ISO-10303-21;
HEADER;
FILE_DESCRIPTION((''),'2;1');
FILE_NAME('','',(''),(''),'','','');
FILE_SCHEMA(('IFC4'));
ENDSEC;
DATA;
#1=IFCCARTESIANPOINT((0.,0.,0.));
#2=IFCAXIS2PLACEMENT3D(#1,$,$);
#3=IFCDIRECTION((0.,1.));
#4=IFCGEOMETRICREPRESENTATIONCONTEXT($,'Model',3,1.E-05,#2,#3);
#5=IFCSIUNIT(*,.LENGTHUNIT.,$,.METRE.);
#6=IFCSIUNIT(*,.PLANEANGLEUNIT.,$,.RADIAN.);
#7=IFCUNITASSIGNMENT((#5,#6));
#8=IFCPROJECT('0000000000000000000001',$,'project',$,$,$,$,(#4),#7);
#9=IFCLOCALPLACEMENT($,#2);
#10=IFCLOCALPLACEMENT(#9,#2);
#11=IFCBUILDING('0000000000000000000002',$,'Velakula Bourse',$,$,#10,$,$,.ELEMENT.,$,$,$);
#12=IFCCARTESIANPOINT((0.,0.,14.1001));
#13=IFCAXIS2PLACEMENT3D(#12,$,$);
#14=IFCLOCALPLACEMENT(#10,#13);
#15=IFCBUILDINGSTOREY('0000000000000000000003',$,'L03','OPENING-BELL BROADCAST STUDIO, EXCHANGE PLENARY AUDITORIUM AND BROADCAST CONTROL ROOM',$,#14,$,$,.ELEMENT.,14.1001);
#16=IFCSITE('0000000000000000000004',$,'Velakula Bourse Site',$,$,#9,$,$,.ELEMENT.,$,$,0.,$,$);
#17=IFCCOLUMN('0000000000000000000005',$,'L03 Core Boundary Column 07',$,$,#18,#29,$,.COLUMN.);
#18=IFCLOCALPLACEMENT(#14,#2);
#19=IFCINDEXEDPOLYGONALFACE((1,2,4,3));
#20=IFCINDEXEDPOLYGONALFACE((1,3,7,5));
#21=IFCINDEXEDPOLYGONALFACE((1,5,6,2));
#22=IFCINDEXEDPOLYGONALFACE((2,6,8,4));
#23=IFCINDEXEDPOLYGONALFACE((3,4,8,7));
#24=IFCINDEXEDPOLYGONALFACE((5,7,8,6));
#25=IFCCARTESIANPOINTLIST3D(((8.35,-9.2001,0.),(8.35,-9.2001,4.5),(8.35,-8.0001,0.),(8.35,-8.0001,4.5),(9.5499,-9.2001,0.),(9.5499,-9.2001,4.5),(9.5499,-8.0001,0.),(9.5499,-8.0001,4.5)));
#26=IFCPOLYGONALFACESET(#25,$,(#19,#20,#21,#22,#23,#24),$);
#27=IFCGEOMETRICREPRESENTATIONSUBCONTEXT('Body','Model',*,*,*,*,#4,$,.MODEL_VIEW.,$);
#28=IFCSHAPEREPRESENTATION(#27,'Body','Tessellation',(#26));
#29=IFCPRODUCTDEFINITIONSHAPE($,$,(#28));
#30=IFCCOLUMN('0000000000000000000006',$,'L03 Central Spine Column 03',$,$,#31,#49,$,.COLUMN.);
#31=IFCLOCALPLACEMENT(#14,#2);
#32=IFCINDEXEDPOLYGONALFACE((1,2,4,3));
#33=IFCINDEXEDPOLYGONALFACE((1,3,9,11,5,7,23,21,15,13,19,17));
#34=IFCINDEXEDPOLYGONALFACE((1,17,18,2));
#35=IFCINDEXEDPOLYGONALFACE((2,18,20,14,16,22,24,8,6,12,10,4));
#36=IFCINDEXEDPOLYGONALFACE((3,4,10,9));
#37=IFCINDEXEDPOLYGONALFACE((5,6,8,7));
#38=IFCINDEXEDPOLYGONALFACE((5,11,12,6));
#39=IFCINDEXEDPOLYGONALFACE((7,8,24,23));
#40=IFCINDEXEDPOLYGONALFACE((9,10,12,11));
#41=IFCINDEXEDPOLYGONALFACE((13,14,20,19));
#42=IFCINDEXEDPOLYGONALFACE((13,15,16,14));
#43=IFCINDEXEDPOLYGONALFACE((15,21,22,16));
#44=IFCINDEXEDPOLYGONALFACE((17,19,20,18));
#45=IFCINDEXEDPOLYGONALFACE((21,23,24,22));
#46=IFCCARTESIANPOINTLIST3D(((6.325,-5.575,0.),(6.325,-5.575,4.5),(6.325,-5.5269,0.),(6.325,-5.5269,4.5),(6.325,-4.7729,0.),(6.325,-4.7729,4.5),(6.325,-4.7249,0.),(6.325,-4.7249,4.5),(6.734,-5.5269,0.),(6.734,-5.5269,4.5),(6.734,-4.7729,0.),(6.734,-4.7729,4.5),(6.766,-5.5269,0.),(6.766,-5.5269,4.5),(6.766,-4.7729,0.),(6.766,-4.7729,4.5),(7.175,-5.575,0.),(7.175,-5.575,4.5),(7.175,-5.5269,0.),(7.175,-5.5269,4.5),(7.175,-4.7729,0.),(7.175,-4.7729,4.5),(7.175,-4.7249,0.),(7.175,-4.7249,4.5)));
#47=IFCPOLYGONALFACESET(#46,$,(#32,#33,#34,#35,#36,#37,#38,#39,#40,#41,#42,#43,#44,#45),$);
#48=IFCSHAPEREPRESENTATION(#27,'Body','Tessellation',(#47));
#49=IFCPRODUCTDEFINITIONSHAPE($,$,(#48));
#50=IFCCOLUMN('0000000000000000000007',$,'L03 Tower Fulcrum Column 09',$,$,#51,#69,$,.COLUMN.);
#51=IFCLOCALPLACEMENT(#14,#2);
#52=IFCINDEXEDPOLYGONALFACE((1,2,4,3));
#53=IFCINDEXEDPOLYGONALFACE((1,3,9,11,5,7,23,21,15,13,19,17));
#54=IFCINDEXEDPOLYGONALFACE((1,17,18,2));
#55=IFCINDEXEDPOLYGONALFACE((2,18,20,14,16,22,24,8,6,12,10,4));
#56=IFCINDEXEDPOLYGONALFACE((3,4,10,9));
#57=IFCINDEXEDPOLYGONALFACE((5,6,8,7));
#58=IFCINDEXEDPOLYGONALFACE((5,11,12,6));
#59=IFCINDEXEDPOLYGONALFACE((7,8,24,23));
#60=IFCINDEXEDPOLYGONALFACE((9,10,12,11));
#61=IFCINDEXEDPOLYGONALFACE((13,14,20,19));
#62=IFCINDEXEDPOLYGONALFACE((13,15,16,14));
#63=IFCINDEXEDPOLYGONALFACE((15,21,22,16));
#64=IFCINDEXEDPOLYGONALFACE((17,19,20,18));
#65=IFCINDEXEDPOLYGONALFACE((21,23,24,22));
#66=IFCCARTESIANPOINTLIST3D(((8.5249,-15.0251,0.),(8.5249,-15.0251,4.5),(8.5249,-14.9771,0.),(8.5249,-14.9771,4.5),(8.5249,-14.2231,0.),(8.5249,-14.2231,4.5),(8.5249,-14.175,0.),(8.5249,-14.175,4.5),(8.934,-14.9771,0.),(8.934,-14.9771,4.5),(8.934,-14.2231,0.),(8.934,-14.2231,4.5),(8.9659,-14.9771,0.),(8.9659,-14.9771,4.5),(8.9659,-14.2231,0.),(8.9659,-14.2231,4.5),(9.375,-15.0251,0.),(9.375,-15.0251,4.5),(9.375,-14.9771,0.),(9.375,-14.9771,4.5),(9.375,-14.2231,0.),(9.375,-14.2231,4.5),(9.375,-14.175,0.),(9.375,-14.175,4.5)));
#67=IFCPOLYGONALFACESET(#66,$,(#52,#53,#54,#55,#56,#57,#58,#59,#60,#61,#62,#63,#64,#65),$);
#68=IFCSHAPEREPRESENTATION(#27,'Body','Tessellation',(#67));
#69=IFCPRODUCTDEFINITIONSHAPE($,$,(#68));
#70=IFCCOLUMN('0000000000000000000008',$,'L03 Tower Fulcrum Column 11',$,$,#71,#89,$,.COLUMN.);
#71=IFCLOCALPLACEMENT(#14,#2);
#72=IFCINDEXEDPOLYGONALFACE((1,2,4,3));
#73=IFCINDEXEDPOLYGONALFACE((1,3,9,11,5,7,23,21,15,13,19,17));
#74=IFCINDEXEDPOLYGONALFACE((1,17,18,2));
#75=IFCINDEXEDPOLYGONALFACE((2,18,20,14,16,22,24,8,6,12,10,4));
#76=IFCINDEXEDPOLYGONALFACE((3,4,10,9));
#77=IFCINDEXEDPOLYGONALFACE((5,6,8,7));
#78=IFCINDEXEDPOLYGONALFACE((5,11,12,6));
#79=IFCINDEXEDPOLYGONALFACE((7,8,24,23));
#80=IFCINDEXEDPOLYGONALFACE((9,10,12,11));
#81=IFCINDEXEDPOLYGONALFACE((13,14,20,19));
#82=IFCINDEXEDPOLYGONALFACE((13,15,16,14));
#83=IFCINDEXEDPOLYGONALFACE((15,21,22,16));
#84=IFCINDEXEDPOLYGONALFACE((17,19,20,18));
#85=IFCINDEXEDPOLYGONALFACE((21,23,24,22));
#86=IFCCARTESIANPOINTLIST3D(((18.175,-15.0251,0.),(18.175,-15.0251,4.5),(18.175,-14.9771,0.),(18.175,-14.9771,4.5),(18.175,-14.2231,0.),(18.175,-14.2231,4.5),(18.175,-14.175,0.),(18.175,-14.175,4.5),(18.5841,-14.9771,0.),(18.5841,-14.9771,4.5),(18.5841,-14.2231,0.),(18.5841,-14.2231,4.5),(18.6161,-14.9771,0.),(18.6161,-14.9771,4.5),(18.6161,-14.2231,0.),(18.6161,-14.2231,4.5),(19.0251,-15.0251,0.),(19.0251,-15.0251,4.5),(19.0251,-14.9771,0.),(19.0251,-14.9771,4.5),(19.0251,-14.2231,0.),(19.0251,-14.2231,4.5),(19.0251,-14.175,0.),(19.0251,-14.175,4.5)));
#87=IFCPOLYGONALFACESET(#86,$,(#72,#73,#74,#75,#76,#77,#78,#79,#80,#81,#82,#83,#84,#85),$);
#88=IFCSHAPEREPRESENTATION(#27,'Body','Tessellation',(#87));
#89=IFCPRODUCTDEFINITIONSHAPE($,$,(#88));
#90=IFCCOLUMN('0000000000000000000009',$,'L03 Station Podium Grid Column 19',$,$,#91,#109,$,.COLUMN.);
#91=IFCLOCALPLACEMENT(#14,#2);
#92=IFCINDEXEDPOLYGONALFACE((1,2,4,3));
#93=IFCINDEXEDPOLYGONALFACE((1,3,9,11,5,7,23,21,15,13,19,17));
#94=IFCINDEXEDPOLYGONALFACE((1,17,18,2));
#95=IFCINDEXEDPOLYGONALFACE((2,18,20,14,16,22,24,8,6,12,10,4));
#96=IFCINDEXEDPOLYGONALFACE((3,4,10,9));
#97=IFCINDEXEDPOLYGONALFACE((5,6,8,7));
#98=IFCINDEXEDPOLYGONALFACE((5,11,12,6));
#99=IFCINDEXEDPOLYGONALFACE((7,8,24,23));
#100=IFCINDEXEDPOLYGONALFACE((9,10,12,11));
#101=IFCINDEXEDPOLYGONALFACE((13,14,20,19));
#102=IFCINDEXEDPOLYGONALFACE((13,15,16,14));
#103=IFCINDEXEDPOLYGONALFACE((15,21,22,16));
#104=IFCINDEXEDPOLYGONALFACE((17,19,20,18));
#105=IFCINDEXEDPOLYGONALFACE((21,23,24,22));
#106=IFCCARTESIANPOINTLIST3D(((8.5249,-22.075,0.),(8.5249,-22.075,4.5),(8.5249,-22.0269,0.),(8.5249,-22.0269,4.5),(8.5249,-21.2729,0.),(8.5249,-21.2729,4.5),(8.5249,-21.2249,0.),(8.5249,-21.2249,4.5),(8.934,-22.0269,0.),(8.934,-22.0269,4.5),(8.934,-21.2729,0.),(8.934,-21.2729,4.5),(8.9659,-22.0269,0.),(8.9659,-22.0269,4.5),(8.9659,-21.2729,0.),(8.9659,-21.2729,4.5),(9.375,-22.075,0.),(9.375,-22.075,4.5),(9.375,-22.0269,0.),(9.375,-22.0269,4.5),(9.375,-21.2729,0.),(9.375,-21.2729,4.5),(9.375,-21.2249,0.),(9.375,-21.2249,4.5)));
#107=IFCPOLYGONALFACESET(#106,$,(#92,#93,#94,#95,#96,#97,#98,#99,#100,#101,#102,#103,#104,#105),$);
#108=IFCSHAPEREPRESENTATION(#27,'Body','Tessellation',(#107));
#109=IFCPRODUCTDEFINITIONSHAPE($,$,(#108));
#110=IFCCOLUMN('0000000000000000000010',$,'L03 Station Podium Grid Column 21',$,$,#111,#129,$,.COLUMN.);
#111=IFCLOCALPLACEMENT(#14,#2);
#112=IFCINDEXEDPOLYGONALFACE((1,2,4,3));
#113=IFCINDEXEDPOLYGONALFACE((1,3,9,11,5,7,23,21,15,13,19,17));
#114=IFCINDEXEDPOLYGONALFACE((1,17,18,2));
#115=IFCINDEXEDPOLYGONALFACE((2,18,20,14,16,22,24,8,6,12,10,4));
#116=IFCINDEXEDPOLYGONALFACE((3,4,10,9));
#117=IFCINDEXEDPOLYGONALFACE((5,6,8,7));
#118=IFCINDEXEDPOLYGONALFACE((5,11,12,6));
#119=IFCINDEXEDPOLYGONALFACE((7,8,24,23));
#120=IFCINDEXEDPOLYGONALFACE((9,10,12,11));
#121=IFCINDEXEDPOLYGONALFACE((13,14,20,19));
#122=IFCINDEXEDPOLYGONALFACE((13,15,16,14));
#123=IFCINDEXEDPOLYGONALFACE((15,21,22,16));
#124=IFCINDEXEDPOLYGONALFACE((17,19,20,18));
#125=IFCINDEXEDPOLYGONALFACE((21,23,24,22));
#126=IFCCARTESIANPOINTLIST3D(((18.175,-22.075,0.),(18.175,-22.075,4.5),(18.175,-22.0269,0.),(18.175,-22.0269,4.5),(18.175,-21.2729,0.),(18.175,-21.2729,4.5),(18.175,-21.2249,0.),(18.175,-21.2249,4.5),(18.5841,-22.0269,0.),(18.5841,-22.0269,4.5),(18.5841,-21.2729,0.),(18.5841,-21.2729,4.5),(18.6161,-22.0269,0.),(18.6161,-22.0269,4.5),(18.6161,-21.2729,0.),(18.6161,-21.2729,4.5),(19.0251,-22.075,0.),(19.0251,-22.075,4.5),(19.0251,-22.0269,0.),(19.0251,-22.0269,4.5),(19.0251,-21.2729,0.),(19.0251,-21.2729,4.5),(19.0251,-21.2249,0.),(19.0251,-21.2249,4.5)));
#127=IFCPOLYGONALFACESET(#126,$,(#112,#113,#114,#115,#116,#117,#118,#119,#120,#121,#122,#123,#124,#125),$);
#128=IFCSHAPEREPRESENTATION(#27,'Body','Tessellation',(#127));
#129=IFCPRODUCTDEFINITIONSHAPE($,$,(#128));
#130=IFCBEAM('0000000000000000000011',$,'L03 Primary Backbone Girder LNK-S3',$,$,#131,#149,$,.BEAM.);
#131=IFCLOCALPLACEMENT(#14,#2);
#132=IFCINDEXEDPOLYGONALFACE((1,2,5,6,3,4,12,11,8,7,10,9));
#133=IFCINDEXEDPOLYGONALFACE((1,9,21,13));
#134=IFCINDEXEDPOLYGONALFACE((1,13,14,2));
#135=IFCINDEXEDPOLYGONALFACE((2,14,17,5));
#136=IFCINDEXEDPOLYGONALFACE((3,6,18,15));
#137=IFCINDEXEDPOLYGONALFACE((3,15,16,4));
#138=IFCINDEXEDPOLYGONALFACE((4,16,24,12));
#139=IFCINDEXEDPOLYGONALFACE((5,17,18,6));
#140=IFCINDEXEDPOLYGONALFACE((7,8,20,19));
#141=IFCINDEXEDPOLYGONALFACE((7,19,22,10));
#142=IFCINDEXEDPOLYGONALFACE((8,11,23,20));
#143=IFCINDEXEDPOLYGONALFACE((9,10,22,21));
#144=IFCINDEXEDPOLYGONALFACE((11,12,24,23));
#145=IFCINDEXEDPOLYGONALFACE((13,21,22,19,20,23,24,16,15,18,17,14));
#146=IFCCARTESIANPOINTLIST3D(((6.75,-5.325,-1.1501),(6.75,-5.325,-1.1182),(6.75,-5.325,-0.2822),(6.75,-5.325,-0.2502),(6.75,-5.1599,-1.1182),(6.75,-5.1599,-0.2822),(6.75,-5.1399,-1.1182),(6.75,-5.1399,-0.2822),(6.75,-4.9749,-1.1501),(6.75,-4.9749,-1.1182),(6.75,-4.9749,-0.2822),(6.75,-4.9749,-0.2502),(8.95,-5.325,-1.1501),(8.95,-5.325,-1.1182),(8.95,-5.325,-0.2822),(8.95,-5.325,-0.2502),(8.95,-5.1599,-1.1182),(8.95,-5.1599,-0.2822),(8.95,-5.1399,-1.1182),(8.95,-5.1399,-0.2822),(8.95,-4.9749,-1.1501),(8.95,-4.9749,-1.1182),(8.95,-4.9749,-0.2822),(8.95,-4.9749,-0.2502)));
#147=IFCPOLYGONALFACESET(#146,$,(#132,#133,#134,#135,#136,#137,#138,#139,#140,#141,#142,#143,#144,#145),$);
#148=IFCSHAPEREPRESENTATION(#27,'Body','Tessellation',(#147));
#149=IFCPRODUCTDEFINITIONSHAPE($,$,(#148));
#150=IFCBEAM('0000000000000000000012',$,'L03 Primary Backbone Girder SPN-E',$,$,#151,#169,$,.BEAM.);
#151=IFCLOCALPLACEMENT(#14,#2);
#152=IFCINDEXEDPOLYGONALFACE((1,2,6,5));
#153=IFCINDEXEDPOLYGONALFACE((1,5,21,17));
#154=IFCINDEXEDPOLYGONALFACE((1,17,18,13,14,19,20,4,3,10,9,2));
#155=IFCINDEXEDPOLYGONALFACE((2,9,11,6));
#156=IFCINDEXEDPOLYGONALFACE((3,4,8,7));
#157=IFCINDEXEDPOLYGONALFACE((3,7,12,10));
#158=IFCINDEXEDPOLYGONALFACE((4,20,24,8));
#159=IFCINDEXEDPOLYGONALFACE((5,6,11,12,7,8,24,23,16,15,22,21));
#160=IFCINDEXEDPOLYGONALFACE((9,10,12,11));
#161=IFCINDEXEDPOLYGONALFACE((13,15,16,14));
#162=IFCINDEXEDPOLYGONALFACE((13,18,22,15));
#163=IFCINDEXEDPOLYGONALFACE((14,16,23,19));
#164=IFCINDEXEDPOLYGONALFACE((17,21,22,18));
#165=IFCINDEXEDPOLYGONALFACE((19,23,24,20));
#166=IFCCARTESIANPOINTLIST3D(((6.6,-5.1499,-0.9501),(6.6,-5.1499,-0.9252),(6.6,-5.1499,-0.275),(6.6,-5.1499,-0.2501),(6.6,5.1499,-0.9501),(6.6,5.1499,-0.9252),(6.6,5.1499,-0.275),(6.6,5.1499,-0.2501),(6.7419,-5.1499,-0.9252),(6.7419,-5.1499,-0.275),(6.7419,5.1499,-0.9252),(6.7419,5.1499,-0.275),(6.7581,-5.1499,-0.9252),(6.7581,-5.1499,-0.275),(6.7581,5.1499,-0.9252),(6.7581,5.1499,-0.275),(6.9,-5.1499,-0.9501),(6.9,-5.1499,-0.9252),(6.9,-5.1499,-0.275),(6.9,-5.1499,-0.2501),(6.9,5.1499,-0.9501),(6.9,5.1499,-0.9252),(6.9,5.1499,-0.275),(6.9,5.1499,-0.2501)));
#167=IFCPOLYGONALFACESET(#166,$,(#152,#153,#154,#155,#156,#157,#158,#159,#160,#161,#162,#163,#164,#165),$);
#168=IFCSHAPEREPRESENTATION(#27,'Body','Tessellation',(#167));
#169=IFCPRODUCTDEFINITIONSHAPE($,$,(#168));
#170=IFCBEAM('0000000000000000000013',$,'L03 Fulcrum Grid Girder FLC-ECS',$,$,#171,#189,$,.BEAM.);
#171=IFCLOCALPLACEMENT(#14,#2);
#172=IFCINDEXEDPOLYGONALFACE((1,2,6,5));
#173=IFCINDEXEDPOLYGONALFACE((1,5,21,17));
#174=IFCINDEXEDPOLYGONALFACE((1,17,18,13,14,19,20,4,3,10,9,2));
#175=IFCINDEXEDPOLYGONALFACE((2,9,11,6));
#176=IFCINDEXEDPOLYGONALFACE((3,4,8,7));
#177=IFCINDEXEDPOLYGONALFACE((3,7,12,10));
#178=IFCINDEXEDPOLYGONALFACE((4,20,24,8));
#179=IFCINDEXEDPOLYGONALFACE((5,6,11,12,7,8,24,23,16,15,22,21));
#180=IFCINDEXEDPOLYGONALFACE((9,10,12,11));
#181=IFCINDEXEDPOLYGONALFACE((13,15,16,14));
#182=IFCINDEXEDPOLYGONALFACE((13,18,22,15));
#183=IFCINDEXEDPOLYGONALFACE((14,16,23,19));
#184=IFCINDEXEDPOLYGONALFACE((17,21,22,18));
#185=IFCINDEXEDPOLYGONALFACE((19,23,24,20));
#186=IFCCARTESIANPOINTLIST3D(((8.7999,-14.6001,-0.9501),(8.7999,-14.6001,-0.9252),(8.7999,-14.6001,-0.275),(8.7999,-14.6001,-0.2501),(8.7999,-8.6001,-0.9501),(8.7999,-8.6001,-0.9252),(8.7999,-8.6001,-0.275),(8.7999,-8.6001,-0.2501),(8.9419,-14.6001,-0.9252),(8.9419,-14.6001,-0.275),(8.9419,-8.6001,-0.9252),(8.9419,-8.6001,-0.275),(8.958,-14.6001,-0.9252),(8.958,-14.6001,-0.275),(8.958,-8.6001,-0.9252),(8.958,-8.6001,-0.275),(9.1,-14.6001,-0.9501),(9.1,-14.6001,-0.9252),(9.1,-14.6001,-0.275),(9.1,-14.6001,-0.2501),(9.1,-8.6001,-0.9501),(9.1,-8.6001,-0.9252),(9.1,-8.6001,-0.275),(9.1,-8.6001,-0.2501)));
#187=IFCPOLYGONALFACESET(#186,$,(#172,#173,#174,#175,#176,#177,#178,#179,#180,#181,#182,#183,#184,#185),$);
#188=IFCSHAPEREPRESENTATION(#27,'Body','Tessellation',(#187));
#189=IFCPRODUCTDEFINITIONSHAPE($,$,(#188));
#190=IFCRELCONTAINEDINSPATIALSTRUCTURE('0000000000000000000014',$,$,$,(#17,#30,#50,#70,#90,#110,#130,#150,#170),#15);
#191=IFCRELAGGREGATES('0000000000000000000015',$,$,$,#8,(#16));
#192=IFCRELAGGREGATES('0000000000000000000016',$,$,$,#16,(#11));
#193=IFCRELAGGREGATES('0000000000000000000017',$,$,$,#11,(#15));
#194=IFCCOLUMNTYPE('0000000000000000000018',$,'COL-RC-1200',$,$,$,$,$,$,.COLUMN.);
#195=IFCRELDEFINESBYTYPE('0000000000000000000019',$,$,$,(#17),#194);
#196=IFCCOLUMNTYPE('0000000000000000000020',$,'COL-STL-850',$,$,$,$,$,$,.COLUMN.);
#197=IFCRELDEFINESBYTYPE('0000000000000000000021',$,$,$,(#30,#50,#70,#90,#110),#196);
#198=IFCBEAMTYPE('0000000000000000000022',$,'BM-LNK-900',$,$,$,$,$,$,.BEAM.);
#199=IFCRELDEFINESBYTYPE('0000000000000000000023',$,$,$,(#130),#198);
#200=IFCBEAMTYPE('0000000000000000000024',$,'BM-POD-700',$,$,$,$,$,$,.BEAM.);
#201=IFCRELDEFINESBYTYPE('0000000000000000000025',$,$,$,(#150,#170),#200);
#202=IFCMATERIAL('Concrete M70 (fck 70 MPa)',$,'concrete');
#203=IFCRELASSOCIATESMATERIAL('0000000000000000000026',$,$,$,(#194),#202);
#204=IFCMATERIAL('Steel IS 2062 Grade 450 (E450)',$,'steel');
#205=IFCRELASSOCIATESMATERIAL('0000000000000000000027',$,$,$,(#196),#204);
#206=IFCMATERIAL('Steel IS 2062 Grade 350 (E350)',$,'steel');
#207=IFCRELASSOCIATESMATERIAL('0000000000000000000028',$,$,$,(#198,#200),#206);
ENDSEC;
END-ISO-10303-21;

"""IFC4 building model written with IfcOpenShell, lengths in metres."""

from ifc_helpers import new_model, si_unit, direction, frame, origin, origin_2d, place, context, subcontext, project, spatial, rectangle, i_section, extrude, material, material_profile, profile_set, type_object, element, save


model = new_model("IFC4")

# Units and contexts
model_context = context("Model", 3, precision=1e-05, world=origin(), true_north=direction((0.0, 1.0)))
body_context = subcontext(model_context, "Body", "Model", "MODEL_VIEW")
ifc_project = project(units=[si_unit("LENGTHUNIT", "METRE"), si_unit("PLANEANGLEUNIT", "RADIAN")], contexts=[model_context])

# Site, building, storey
site_placement = place(None, origin())
site = spatial("IfcSite", under=ifc_project, at=site_placement, Name="Velakula Bourse Site", CompositionType="ELEMENT", RefElevation=0.0)
building_placement = place(site_placement, origin())
building = spatial("IfcBuilding", under=site, at=building_placement, Name="Velakula Bourse", CompositionType="ELEMENT")
storey_placement = place(building_placement, frame((0.0, 0.0, 14.1001)))
storey = spatial("IfcBuildingStorey", under=building, at=storey_placement, Name="L03", Description="OPENING-BELL BROADCAST STUDIO, EXCHANGE PLENARY AUDITORIUM AND BROADCAST CONTROL ROOM", CompositionType="ELEMENT", Elevation=14.1001)

# Columns
ifc_material_1 = material(Name="Concrete M70 (fck 70 MPa)", Category="concrete")
ifc_material_profile_1 = material_profile(ifc_material_1, rectangle(XDim=1.2, YDim=1.2, at=origin_2d()), Name="Concrete M70 (fck 70 MPa)")
ifc_profile_set_1 = profile_set([ifc_material_profile_1], Name="Concrete M70 (fck 70 MPa)")
column_type_1 = type_object("IfcColumnType", Name="COL-RC-1200", PredefinedType="COLUMN", material=ifc_profile_set_1)
column_placement = place(storey_placement, frame((8.95, -8.6001, 0.0), z_axis=(0.0, 0.0, 1.0), x_axis=(1.0, 0.0, 0.0)))
element("IfcColumn", 1, at=column_placement, inside=storey, type_object=column_type_1, Name="L03 Core Boundary Column 07", PredefinedType="COLUMN", context=body_context, shape_type="SweptSolid", body=[
    extrude(rectangle(XDim=1.2, YDim=1.2, at=origin_2d()), origin(), (0.0, 0.0, 1.0), 4.5),
])
ifc_material_2 = material(Name="Steel IS 2062 Grade 450 (E450)", Category="steel")
ifc_material_profile_2 = material_profile(ifc_material_2, i_section(OverallWidth=0.8501, OverallDepth=0.8501, WebThickness=0.032, FlangeThickness=0.0481, at=origin_2d()), Name="Steel IS 2062 Grade 450 (E450)")
ifc_profile_set_2 = profile_set([ifc_material_profile_2], Name="Steel IS 2062 Grade 450 (E450)")
column_type_2 = type_object("IfcColumnType", Name="COL-STL-850", PredefinedType="COLUMN", material=ifc_profile_set_2)
for number, where, z_axis, x_axis, name in (
    (2, (6.75, -5.1499, 0.0), (0.0, 0.0, 1.0), (1.0, 0.0, 0.0), "L03 Central Spine Column 03"),
    (3, (8.95, -14.6001, 0.0), (0.0, 0.0, 1.0), (1.0, 0.0, 0.0), "L03 Tower Fulcrum Column 09"),
    (4, (18.6001, -14.6001, 0.0), (0.0, 0.0, 1.0), (1.0, 0.0, 0.0), "L03 Tower Fulcrum Column 11"),
    (5, (8.95, -21.6499, 0.0), (0.0, 0.0, 1.0), (1.0, 0.0, 0.0), "L03 Station Podium Grid Column 19"),
    (6, (18.6001, -21.6499, 0.0), (0.0, 0.0, 1.0), (1.0, 0.0, 0.0), "L03 Station Podium Grid Column 21"),
):
    element("IfcColumn", number, at=place(storey_placement, frame(where, z_axis=z_axis, x_axis=x_axis)), inside=storey, type_object=column_type_2, Name=name, PredefinedType="COLUMN", context=body_context, shape_type="SweptSolid", body=[
        extrude(i_section(OverallWidth=0.8501, OverallDepth=0.8501, WebThickness=0.032, FlangeThickness=0.0481, at=origin_2d()), origin(), (0.0, 0.0, 1.0), 4.5),
    ])

# Beams
ifc_material_3 = material(Name="Steel IS 2062 Grade 350 (E350)", Category="steel")
ifc_material_profile_3 = material_profile(ifc_material_3, i_section(OverallWidth=0.3501, OverallDepth=0.8999, WebThickness=0.02, FlangeThickness=0.032, at=origin_2d()), Name="Steel IS 2062 Grade 350 (E350)")
ifc_profile_set_3 = profile_set([ifc_material_profile_3], Name="Steel IS 2062 Grade 350 (E350)")
beam_type_1 = type_object("IfcBeamType", Name="BM-LNK-900", PredefinedType="BEAM", material=ifc_profile_set_3)
beam_1_placement = place(storey_placement, frame((6.75, -5.1499, -0.7002), z_axis=(1.0, 0.0, 0.0), x_axis=(0.0, 1.0, 0.0)))
element("IfcBeam", 7, at=beam_1_placement, inside=storey, type_object=beam_type_1, Name="L03 Primary Backbone Girder LNK-S3", PredefinedType="BEAM", context=body_context, shape_type="SweptSolid", body=[
    extrude(i_section(OverallWidth=0.3501, OverallDepth=0.8999, WebThickness=0.02, FlangeThickness=0.032, at=origin_2d()), origin(), (0.0, 0.0, 1.0), 2.2),
])
ifc_material_profile_4 = material_profile(ifc_material_3, i_section(OverallWidth=0.3, OverallDepth=0.7, WebThickness=0.0161, FlangeThickness=0.0249, at=origin_2d()), Name="Steel IS 2062 Grade 350 (E350)")
ifc_profile_set_4 = profile_set([ifc_material_profile_4], Name="Steel IS 2062 Grade 350 (E350)")
beam_type_2 = type_object("IfcBeamType", Name="BM-POD-700", PredefinedType="BEAM", material=ifc_profile_set_4)
beam_2_placement = place(storey_placement, frame((6.75, -5.1499, -0.6001), z_axis=(0.0, 1.0, 0.0), x_axis=(-1.0, 0.0, 0.0)))
element("IfcBeam", 8, at=beam_2_placement, inside=storey, type_object=beam_type_2, Name="L03 Primary Backbone Girder SPN-E", PredefinedType="BEAM", context=body_context, shape_type="SweptSolid", body=[
    extrude(i_section(OverallWidth=0.3, OverallDepth=0.7, WebThickness=0.0161, FlangeThickness=0.0249, at=origin_2d()), origin(), (0.0, 0.0, 1.0), 10.2998),
])
for number, where, z_axis, x_axis, name in (
    (9, (8.95, -14.6001, -0.6001), (0.0, 1.0, 0.0), (-1.0, 0.0, 0.0), "L03 Fulcrum Grid Girder FLC-ECS"),
):
    element("IfcBeam", number, at=place(storey_placement, frame(where, z_axis=z_axis, x_axis=x_axis)), inside=storey, type_object=beam_type_2, Name=name, PredefinedType="BEAM", context=body_context, shape_type="SweptSolid", body=[
        extrude(i_section(OverallWidth=0.3, OverallDepth=0.7, WebThickness=0.0161, FlangeThickness=0.0249, at=origin_2d()), origin(), (0.0, 0.0, 1.0), 6.0),
    ])

save(model, "model.ifc")
